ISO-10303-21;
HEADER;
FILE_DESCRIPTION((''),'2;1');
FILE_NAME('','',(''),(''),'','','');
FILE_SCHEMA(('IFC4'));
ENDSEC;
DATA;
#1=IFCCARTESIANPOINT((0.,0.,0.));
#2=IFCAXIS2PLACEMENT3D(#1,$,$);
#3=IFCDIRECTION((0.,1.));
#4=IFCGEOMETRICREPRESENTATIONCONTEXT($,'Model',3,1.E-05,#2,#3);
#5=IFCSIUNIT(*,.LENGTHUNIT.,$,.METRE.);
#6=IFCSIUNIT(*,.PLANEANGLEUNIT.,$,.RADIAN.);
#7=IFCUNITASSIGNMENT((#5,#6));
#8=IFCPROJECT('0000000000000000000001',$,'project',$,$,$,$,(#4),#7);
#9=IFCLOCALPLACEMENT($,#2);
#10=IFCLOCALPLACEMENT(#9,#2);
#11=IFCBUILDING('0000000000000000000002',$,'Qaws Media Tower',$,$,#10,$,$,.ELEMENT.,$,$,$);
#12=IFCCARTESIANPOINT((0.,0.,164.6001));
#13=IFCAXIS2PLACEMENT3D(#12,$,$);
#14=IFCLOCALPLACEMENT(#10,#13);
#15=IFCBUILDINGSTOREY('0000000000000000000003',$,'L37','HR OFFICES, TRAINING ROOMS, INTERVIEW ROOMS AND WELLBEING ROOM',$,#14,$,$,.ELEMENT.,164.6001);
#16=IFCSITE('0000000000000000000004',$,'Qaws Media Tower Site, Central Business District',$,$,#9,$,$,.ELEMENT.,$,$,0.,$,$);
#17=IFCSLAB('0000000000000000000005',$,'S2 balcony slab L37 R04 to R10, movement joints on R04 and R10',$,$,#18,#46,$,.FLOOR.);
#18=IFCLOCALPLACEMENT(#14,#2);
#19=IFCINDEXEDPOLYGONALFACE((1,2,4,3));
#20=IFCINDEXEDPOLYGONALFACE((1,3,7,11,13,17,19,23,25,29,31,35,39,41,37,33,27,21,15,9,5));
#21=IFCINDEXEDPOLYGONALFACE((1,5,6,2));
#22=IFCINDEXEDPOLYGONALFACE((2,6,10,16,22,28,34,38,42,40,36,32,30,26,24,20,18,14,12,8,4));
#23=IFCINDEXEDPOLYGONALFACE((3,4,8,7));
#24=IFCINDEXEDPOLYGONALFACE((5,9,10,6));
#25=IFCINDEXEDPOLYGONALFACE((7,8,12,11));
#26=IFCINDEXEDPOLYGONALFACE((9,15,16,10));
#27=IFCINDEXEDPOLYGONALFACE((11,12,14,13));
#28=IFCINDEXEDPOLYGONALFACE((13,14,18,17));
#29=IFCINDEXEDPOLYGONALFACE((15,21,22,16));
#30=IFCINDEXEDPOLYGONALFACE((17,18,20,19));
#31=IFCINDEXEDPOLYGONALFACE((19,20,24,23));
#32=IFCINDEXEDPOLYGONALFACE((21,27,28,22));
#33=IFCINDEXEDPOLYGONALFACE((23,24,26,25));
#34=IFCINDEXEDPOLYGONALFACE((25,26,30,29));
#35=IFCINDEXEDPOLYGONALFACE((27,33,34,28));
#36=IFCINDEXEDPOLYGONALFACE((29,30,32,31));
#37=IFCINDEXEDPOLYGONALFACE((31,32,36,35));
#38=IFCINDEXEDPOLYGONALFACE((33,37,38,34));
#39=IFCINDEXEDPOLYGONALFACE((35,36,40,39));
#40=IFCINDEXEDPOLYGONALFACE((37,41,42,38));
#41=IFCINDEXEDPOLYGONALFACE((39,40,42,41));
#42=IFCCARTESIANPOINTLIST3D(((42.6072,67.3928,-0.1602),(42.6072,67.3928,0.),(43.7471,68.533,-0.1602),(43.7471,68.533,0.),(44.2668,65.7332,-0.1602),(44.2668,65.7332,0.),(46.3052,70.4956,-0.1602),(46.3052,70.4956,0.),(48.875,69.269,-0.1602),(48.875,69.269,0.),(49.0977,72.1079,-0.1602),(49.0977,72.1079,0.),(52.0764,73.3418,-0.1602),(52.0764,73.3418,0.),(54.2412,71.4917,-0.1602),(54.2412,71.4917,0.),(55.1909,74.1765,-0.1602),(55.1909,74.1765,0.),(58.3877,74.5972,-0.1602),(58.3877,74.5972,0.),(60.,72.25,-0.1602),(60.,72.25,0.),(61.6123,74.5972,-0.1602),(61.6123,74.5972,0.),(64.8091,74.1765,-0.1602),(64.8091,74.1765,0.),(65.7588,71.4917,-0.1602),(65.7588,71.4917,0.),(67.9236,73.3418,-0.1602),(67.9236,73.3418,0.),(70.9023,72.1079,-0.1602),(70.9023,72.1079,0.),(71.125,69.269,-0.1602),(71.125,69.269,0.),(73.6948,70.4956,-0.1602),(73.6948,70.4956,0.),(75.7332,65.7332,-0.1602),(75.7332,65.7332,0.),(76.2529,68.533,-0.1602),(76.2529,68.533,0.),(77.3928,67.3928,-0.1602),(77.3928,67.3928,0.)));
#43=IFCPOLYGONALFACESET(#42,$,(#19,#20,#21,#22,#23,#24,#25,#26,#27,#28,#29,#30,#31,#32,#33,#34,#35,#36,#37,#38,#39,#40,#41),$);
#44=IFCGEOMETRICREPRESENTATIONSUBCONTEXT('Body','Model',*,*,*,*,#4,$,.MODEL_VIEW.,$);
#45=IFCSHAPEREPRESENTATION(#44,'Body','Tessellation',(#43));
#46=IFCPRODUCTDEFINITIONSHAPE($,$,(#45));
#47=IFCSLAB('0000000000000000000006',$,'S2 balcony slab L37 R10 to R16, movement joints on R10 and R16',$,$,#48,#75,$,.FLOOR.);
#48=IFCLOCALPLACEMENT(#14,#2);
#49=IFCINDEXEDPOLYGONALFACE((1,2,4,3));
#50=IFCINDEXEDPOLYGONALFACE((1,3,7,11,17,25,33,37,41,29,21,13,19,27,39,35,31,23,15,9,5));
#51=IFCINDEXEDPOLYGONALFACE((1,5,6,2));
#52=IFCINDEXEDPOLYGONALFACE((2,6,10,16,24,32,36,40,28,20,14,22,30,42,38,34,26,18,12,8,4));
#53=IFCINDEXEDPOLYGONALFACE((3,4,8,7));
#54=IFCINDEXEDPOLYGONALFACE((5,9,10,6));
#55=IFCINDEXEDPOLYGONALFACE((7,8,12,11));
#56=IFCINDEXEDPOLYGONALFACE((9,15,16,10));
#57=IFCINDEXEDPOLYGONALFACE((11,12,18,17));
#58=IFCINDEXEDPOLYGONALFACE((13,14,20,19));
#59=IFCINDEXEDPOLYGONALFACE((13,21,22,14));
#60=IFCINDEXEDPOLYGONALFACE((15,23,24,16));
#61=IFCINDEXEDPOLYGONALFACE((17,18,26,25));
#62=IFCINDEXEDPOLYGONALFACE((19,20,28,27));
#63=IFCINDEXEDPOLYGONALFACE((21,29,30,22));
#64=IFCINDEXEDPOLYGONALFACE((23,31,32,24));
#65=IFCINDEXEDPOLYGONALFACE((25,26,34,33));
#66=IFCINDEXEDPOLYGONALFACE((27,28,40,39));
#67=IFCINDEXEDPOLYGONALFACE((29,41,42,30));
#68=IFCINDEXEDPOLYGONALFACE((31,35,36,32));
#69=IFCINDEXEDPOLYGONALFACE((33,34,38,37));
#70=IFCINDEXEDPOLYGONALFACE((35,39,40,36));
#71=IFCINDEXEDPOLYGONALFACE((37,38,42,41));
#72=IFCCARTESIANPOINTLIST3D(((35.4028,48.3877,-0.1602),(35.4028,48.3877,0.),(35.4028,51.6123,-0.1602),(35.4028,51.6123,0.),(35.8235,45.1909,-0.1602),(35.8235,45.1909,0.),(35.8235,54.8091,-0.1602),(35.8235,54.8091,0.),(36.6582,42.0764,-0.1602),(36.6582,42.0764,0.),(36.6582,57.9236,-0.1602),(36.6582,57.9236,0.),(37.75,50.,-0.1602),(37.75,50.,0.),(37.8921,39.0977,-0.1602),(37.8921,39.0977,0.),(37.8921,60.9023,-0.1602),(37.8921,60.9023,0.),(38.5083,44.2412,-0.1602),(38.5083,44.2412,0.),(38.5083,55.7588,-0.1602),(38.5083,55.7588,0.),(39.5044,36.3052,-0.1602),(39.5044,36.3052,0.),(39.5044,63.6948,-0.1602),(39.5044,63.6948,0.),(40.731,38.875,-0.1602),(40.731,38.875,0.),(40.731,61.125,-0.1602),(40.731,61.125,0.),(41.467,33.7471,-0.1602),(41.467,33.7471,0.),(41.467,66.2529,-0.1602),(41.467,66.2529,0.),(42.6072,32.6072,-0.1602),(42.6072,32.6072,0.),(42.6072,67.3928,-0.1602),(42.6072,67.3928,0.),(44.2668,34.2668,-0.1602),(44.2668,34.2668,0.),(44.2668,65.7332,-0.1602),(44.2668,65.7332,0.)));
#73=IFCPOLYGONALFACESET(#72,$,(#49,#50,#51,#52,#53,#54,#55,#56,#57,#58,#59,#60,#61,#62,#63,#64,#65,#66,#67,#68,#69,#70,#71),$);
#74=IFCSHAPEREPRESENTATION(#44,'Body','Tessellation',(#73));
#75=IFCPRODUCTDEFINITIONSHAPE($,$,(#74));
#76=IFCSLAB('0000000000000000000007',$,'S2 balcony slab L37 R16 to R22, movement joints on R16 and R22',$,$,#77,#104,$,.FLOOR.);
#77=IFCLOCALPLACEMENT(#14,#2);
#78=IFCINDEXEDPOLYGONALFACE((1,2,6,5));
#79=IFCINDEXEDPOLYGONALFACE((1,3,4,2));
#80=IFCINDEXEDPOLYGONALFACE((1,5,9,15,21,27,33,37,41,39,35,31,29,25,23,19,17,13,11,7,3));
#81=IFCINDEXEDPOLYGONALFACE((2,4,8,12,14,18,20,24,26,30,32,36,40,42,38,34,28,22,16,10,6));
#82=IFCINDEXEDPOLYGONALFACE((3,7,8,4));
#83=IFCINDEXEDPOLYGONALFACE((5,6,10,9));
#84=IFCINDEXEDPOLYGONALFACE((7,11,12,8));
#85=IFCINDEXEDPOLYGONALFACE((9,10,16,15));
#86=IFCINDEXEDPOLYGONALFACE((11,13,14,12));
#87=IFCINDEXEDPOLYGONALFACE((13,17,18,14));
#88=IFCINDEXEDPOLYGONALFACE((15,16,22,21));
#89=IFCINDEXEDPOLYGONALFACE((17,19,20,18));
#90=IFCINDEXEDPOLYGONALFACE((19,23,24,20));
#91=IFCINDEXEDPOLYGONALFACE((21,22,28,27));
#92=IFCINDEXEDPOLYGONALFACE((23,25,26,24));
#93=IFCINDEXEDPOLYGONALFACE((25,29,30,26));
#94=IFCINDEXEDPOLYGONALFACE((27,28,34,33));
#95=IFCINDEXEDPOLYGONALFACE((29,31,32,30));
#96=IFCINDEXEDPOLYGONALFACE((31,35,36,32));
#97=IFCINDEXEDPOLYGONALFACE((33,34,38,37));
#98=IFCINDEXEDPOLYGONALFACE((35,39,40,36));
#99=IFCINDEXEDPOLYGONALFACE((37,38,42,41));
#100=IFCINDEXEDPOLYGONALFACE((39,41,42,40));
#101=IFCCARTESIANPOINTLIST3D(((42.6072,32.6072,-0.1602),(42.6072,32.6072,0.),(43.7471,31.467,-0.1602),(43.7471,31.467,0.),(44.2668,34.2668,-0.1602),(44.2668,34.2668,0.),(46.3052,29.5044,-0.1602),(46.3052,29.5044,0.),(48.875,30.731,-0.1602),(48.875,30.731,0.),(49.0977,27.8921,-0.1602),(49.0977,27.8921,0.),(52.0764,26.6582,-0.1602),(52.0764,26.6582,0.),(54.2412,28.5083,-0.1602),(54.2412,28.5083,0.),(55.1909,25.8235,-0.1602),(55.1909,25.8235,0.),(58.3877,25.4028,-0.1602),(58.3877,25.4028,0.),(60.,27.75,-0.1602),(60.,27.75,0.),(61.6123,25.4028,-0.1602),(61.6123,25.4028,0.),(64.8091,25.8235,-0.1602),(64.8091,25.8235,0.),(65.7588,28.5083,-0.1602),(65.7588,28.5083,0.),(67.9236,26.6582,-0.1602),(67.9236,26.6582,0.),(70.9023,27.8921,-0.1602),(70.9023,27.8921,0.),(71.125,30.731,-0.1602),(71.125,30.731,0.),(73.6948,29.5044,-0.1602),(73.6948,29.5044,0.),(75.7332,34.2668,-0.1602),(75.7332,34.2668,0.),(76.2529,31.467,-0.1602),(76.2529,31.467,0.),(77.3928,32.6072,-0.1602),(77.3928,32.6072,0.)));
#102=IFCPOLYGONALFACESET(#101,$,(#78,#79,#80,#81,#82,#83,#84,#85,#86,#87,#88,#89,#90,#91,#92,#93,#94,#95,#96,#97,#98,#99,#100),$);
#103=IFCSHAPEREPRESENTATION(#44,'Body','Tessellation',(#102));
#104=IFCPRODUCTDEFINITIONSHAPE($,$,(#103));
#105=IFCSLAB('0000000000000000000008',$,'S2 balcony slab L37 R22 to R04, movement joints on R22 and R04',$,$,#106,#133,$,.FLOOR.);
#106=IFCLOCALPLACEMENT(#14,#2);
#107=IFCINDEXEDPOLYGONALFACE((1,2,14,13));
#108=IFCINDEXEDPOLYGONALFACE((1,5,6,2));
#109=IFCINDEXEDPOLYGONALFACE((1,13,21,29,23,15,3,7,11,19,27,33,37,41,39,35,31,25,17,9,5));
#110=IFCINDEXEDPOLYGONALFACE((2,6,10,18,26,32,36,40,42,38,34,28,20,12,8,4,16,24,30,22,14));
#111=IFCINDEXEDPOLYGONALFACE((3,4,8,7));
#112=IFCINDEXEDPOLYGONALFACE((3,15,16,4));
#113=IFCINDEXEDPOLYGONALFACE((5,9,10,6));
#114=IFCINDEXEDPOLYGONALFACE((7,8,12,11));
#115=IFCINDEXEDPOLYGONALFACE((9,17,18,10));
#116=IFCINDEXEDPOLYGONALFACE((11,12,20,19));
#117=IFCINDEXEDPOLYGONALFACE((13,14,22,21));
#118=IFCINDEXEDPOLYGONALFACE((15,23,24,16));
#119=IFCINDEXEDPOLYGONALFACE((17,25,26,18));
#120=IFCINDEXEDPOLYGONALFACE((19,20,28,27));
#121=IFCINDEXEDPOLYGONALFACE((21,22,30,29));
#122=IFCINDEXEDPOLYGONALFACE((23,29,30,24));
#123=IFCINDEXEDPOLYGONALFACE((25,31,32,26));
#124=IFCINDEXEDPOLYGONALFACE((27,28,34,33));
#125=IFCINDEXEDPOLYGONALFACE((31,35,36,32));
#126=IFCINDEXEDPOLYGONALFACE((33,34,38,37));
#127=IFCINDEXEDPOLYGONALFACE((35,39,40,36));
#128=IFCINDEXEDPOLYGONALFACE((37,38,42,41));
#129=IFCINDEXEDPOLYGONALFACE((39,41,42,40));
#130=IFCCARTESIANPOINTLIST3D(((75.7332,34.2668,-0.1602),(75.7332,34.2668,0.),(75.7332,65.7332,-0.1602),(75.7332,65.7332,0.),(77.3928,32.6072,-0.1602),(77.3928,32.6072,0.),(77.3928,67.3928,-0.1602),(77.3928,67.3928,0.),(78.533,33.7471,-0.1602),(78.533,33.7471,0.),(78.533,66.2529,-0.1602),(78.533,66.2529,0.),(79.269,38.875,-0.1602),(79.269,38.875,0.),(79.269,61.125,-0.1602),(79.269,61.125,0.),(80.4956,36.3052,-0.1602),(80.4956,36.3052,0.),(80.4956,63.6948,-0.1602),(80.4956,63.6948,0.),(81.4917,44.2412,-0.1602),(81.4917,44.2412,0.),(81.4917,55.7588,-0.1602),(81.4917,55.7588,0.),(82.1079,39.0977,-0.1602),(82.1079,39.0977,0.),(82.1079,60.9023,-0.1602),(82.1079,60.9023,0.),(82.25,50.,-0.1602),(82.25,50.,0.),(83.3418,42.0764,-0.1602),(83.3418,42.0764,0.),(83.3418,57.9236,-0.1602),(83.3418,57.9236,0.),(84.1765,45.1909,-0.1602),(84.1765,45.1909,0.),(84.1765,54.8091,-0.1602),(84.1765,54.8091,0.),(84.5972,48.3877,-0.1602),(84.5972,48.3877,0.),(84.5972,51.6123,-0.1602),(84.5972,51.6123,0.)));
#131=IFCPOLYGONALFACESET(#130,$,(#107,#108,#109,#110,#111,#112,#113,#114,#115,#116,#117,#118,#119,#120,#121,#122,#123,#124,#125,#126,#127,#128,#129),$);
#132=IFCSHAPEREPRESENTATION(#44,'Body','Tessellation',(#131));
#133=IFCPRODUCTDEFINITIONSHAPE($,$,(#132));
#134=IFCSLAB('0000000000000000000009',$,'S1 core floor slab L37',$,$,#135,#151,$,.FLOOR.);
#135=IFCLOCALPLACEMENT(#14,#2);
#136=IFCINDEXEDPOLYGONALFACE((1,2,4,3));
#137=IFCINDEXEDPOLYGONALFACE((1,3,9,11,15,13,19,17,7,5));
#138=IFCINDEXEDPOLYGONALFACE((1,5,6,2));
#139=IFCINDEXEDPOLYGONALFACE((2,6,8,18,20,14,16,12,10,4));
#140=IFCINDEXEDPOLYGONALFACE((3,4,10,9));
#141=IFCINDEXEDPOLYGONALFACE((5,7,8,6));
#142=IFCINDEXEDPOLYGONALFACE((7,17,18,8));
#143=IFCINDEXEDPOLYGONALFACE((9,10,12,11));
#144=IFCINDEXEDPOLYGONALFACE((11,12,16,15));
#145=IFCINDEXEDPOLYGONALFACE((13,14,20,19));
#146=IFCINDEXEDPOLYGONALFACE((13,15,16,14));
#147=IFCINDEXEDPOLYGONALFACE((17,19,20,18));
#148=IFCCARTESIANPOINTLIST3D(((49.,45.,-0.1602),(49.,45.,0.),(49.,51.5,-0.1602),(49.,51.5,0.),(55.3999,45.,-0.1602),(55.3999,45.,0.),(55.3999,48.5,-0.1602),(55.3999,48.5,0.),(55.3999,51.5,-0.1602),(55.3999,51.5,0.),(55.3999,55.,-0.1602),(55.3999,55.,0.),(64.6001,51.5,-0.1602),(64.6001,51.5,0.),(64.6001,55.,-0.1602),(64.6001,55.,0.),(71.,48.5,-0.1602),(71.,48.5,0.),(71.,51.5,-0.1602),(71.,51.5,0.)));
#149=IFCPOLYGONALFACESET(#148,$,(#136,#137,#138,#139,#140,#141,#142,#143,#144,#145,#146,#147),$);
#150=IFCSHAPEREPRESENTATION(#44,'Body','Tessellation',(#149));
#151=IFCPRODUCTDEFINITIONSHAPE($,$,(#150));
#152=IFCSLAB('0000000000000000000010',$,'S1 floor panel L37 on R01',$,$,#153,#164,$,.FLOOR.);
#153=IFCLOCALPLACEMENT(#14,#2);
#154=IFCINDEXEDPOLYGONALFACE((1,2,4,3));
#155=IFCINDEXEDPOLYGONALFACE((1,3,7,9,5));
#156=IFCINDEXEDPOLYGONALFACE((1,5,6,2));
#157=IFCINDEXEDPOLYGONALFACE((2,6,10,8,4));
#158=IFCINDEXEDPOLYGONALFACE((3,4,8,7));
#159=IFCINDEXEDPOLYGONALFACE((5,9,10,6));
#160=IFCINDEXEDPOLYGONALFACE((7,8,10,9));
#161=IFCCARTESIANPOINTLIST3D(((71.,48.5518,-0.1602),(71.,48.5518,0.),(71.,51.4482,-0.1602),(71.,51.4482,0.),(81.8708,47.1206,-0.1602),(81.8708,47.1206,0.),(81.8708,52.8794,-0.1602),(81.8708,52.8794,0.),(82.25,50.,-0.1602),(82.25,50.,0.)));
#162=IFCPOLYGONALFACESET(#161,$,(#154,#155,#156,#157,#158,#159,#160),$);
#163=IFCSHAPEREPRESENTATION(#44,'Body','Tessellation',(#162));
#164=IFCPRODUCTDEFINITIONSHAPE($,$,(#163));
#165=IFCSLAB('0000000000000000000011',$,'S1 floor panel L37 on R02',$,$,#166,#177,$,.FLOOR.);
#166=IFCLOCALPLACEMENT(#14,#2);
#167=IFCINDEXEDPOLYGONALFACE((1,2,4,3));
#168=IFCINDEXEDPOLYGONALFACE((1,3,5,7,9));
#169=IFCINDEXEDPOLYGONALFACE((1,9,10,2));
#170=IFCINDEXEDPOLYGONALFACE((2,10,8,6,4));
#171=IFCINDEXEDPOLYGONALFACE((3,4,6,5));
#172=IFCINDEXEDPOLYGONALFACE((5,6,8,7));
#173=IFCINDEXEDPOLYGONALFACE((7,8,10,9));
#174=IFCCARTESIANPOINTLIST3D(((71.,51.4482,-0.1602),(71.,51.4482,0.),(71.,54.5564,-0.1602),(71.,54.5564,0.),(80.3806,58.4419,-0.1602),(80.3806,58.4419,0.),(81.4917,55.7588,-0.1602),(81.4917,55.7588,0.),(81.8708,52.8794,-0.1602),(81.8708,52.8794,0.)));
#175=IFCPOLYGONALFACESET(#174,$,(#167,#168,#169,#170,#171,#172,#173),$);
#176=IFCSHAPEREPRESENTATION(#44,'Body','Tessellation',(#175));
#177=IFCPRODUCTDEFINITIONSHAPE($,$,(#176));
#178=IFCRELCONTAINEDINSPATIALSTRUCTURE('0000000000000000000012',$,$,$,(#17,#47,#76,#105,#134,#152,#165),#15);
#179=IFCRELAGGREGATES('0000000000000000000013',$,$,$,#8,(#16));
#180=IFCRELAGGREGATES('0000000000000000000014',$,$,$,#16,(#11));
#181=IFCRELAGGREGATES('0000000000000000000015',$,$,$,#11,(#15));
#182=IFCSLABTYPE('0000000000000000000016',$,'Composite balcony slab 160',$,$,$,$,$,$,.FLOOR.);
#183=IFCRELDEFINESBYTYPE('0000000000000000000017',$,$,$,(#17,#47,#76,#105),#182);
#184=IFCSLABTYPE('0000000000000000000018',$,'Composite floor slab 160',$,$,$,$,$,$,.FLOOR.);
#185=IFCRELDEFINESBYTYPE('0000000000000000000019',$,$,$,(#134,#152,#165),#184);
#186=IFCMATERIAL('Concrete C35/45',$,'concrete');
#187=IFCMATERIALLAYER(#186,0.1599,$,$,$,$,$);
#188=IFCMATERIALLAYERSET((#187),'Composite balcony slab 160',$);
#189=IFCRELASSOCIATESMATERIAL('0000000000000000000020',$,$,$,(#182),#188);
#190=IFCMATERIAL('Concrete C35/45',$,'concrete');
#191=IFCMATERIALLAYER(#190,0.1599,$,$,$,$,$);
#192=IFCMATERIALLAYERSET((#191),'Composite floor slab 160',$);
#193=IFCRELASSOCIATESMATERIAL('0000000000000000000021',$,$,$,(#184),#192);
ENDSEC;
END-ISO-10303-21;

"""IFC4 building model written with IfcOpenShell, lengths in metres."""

from ifc_helpers import new_model, si_unit, direction, frame, origin, place, context, subcontext, project, spatial, polyline, outline, extrude, material, layer, layer_set, type_object, element, save


model = new_model("IFC4")

# Units and contexts
model_context = context("Model", 3, precision=1e-05, world=origin(), true_north=direction((0.0, 1.0)))
body_context = subcontext(model_context, "Body", "Model", "MODEL_VIEW")
ifc_project = project(units=[si_unit("LENGTHUNIT", "METRE"), si_unit("PLANEANGLEUNIT", "RADIAN")], contexts=[model_context])

# Site, building, storey
site_placement = place(None, origin())
site = spatial("IfcSite", under=ifc_project, at=site_placement, Name="Qaws Media Tower Site, Central Business District", CompositionType="ELEMENT", RefElevation=0.0)
building_placement = place(site_placement, origin())
building = spatial("IfcBuilding", under=site, at=building_placement, Name="Qaws Media Tower", CompositionType="ELEMENT")
storey_placement = place(building_placement, frame((0.0, 0.0, 164.6001)))
storey = spatial("IfcBuildingStorey", under=building, at=storey_placement, Name="L37", Description="HR OFFICES, TRAINING ROOMS, INTERVIEW ROOMS AND WELLBEING ROOM", CompositionType="ELEMENT", Elevation=164.6001)

# Slabs
ifc_material_1 = material(Name="Concrete C35/45", Category="concrete")
ifc_layer_1 = layer(ifc_material_1, 0.1599)
ifc_layer_set_1 = layer_set([ifc_layer_1], Name="Composite balcony slab 160")
slab_type_1 = type_object("IfcSlabType", Name="Composite balcony slab 160", PredefinedType="FLOOR", material=ifc_layer_set_1)
slab_1_placement = place(storey_placement, frame((0.0, 0.0, -0.1602)))
element("IfcSlab", 1, at=slab_1_placement, inside=storey, type_object=slab_type_1, Name="S2 balcony slab L37 R04 to R10, movement joints on R04 and R10", PredefinedType="FLOOR", context=body_context, shape_type="SweptSolid", body=[
    extrude(outline(polyline([(43.7471, 68.533), (46.3052, 70.4956), (49.0977, 72.1079), (52.0764, 73.3418), (55.1909, 74.1765), (58.3877, 74.5972), (61.6123, 74.5972), (64.8091, 74.1765), (67.9236, 73.3418), (70.9023, 72.1079), (73.6948, 70.4956), (76.2529, 68.533), (77.3928, 67.3928), (75.7332, 65.7332), (71.125, 69.269), (65.7588, 71.4917), (60.0, 72.25), (54.2412, 71.4917), (48.875, 69.269), (44.2668, 65.7332), (42.6072, 67.3928), (43.7471, 68.533)])), origin(), (0.0, 0.0, 1.0), 0.1602),
])
slab_2_placement = place(storey_placement, frame((0.0, 0.0, -0.1602)))
element("IfcSlab", 2, at=slab_2_placement, inside=storey, type_object=slab_type_1, Name="S2 balcony slab L37 R10 to R16, movement joints on R10 and R16", PredefinedType="FLOOR", context=body_context, shape_type="SweptSolid", body=[
    extrude(outline(polyline([(41.467, 33.7471), (39.5044, 36.3052), (37.8921, 39.0977), (36.6582, 42.0764), (35.8235, 45.1909), (35.4028, 48.3877), (35.4028, 51.6123), (35.8235, 54.8091), (36.6582, 57.9236), (37.8921, 60.9023), (39.5044, 63.6948), (41.467, 66.2529), (42.6072, 67.3928), (44.2668, 65.7332), (40.731, 61.125), (38.5083, 55.7588), (37.75, 50.0), (38.5083, 44.2412), (40.731, 38.875), (44.2668, 34.2668), (42.6072, 32.6072), (41.467, 33.7471)])), origin(), (0.0, 0.0, 1.0), 0.1602),
])
slab_3_placement = place(storey_placement, frame((0.0, 0.0, -0.1602)))
element("IfcSlab", 3, at=slab_3_placement, inside=storey, type_object=slab_type_1, Name="S2 balcony slab L37 R16 to R22, movement joints on R16 and R22", PredefinedType="FLOOR", context=body_context, shape_type="SweptSolid", body=[
    extrude(outline(polyline([(76.2529, 31.467), (73.6948, 29.5044), (70.9023, 27.8921), (67.9236, 26.6582), (64.8091, 25.8235), (61.6123, 25.4028), (58.3877, 25.4028), (55.1909, 25.8235), (52.0764, 26.6582), (49.0977, 27.8921), (46.3052, 29.5044), (43.7471, 31.467), (42.6072, 32.6072), (44.2668, 34.2668), (48.875, 30.731), (54.2412, 28.5083), (60.0, 27.75), (65.7588, 28.5083), (71.125, 30.731), (75.7332, 34.2668), (77.3928, 32.6072), (76.2529, 31.467)])), origin(), (0.0, 0.0, 1.0), 0.1602),
])
slab_4_placement = place(storey_placement, frame((0.0, 0.0, -0.1602)))
element("IfcSlab", 4, at=slab_4_placement, inside=storey, type_object=slab_type_1, Name="S2 balcony slab L37 R22 to R04, movement joints on R22 and R04", PredefinedType="FLOOR", context=body_context, shape_type="SweptSolid", body=[
    extrude(outline(polyline([(84.1765, 45.1909), (83.3418, 42.0764), (82.1079, 39.0977), (80.4956, 36.3052), (78.533, 33.7471), (77.3928, 32.6072), (75.7332, 34.2668), (79.269, 38.875), (81.4917, 44.2412), (82.25, 50.0), (81.4917, 55.7588), (79.269, 61.125), (75.7332, 65.7332), (77.3928, 67.3928), (78.533, 66.2529), (80.4956, 63.6948), (82.1079, 60.9023), (83.3418, 57.9236), (84.1765, 54.8091), (84.5972, 51.6123), (84.5972, 48.3877), (84.1765, 45.1909)])), origin(), (0.0, 0.0, 1.0), 0.1602),
])
ifc_material_2 = material(Name="Concrete C35/45", Category="concrete")
ifc_layer_2 = layer(ifc_material_2, 0.1599)
ifc_layer_set_2 = layer_set([ifc_layer_2], Name="Composite floor slab 160")
slab_type_2 = type_object("IfcSlabType", Name="Composite floor slab 160", PredefinedType="FLOOR", material=ifc_layer_set_2)
slab_5_placement = place(storey_placement, frame((0.0, 0.0, -0.1602)))
element("IfcSlab", 5, at=slab_5_placement, inside=storey, type_object=slab_type_2, Name="S1 core floor slab L37", PredefinedType="FLOOR", context=body_context, shape_type="SweptSolid", body=[
    extrude(outline(polyline([(71.0, 51.5), (71.0, 48.5), (55.3999, 48.5), (55.3999, 45.0), (49.0, 45.0), (49.0, 51.5), (55.3999, 51.5), (55.3999, 55.0), (64.6001, 55.0), (64.6001, 51.5), (71.0, 51.5)])), origin(), (0.0, 0.0, 1.0), 0.1602),
])
slab_6_placement = place(storey_placement, frame((0.0, 0.0, -0.1602)))
element("IfcSlab", 6, at=slab_6_placement, inside=storey, type_object=slab_type_2, Name="S1 floor panel L37 on R01", PredefinedType="FLOOR", context=body_context, shape_type="SweptSolid", body=[
    extrude(outline(polyline([(82.25, 50.0), (81.8708, 47.1206), (71.0, 48.5518), (71.0, 51.4482), (81.8708, 52.8794), (82.25, 50.0)])), origin(), (0.0, 0.0, 1.0), 0.1602),
])
slab_7_placement = place(storey_placement, frame((0.0, 0.0, -0.1602)))
element("IfcSlab", 7, at=slab_7_placement, inside=storey, type_object=slab_type_2, Name="S1 floor panel L37 on R02", PredefinedType="FLOOR", context=body_context, shape_type="SweptSolid", body=[
    extrude(outline(polyline([(81.4917, 55.7588), (81.8708, 52.8794), (71.0, 51.4482), (71.0, 54.5564), (80.3806, 58.4419), (81.4917, 55.7588)])), origin(), (0.0, 0.0, 1.0), 0.1602),
])

save(model, "model.ifc")
